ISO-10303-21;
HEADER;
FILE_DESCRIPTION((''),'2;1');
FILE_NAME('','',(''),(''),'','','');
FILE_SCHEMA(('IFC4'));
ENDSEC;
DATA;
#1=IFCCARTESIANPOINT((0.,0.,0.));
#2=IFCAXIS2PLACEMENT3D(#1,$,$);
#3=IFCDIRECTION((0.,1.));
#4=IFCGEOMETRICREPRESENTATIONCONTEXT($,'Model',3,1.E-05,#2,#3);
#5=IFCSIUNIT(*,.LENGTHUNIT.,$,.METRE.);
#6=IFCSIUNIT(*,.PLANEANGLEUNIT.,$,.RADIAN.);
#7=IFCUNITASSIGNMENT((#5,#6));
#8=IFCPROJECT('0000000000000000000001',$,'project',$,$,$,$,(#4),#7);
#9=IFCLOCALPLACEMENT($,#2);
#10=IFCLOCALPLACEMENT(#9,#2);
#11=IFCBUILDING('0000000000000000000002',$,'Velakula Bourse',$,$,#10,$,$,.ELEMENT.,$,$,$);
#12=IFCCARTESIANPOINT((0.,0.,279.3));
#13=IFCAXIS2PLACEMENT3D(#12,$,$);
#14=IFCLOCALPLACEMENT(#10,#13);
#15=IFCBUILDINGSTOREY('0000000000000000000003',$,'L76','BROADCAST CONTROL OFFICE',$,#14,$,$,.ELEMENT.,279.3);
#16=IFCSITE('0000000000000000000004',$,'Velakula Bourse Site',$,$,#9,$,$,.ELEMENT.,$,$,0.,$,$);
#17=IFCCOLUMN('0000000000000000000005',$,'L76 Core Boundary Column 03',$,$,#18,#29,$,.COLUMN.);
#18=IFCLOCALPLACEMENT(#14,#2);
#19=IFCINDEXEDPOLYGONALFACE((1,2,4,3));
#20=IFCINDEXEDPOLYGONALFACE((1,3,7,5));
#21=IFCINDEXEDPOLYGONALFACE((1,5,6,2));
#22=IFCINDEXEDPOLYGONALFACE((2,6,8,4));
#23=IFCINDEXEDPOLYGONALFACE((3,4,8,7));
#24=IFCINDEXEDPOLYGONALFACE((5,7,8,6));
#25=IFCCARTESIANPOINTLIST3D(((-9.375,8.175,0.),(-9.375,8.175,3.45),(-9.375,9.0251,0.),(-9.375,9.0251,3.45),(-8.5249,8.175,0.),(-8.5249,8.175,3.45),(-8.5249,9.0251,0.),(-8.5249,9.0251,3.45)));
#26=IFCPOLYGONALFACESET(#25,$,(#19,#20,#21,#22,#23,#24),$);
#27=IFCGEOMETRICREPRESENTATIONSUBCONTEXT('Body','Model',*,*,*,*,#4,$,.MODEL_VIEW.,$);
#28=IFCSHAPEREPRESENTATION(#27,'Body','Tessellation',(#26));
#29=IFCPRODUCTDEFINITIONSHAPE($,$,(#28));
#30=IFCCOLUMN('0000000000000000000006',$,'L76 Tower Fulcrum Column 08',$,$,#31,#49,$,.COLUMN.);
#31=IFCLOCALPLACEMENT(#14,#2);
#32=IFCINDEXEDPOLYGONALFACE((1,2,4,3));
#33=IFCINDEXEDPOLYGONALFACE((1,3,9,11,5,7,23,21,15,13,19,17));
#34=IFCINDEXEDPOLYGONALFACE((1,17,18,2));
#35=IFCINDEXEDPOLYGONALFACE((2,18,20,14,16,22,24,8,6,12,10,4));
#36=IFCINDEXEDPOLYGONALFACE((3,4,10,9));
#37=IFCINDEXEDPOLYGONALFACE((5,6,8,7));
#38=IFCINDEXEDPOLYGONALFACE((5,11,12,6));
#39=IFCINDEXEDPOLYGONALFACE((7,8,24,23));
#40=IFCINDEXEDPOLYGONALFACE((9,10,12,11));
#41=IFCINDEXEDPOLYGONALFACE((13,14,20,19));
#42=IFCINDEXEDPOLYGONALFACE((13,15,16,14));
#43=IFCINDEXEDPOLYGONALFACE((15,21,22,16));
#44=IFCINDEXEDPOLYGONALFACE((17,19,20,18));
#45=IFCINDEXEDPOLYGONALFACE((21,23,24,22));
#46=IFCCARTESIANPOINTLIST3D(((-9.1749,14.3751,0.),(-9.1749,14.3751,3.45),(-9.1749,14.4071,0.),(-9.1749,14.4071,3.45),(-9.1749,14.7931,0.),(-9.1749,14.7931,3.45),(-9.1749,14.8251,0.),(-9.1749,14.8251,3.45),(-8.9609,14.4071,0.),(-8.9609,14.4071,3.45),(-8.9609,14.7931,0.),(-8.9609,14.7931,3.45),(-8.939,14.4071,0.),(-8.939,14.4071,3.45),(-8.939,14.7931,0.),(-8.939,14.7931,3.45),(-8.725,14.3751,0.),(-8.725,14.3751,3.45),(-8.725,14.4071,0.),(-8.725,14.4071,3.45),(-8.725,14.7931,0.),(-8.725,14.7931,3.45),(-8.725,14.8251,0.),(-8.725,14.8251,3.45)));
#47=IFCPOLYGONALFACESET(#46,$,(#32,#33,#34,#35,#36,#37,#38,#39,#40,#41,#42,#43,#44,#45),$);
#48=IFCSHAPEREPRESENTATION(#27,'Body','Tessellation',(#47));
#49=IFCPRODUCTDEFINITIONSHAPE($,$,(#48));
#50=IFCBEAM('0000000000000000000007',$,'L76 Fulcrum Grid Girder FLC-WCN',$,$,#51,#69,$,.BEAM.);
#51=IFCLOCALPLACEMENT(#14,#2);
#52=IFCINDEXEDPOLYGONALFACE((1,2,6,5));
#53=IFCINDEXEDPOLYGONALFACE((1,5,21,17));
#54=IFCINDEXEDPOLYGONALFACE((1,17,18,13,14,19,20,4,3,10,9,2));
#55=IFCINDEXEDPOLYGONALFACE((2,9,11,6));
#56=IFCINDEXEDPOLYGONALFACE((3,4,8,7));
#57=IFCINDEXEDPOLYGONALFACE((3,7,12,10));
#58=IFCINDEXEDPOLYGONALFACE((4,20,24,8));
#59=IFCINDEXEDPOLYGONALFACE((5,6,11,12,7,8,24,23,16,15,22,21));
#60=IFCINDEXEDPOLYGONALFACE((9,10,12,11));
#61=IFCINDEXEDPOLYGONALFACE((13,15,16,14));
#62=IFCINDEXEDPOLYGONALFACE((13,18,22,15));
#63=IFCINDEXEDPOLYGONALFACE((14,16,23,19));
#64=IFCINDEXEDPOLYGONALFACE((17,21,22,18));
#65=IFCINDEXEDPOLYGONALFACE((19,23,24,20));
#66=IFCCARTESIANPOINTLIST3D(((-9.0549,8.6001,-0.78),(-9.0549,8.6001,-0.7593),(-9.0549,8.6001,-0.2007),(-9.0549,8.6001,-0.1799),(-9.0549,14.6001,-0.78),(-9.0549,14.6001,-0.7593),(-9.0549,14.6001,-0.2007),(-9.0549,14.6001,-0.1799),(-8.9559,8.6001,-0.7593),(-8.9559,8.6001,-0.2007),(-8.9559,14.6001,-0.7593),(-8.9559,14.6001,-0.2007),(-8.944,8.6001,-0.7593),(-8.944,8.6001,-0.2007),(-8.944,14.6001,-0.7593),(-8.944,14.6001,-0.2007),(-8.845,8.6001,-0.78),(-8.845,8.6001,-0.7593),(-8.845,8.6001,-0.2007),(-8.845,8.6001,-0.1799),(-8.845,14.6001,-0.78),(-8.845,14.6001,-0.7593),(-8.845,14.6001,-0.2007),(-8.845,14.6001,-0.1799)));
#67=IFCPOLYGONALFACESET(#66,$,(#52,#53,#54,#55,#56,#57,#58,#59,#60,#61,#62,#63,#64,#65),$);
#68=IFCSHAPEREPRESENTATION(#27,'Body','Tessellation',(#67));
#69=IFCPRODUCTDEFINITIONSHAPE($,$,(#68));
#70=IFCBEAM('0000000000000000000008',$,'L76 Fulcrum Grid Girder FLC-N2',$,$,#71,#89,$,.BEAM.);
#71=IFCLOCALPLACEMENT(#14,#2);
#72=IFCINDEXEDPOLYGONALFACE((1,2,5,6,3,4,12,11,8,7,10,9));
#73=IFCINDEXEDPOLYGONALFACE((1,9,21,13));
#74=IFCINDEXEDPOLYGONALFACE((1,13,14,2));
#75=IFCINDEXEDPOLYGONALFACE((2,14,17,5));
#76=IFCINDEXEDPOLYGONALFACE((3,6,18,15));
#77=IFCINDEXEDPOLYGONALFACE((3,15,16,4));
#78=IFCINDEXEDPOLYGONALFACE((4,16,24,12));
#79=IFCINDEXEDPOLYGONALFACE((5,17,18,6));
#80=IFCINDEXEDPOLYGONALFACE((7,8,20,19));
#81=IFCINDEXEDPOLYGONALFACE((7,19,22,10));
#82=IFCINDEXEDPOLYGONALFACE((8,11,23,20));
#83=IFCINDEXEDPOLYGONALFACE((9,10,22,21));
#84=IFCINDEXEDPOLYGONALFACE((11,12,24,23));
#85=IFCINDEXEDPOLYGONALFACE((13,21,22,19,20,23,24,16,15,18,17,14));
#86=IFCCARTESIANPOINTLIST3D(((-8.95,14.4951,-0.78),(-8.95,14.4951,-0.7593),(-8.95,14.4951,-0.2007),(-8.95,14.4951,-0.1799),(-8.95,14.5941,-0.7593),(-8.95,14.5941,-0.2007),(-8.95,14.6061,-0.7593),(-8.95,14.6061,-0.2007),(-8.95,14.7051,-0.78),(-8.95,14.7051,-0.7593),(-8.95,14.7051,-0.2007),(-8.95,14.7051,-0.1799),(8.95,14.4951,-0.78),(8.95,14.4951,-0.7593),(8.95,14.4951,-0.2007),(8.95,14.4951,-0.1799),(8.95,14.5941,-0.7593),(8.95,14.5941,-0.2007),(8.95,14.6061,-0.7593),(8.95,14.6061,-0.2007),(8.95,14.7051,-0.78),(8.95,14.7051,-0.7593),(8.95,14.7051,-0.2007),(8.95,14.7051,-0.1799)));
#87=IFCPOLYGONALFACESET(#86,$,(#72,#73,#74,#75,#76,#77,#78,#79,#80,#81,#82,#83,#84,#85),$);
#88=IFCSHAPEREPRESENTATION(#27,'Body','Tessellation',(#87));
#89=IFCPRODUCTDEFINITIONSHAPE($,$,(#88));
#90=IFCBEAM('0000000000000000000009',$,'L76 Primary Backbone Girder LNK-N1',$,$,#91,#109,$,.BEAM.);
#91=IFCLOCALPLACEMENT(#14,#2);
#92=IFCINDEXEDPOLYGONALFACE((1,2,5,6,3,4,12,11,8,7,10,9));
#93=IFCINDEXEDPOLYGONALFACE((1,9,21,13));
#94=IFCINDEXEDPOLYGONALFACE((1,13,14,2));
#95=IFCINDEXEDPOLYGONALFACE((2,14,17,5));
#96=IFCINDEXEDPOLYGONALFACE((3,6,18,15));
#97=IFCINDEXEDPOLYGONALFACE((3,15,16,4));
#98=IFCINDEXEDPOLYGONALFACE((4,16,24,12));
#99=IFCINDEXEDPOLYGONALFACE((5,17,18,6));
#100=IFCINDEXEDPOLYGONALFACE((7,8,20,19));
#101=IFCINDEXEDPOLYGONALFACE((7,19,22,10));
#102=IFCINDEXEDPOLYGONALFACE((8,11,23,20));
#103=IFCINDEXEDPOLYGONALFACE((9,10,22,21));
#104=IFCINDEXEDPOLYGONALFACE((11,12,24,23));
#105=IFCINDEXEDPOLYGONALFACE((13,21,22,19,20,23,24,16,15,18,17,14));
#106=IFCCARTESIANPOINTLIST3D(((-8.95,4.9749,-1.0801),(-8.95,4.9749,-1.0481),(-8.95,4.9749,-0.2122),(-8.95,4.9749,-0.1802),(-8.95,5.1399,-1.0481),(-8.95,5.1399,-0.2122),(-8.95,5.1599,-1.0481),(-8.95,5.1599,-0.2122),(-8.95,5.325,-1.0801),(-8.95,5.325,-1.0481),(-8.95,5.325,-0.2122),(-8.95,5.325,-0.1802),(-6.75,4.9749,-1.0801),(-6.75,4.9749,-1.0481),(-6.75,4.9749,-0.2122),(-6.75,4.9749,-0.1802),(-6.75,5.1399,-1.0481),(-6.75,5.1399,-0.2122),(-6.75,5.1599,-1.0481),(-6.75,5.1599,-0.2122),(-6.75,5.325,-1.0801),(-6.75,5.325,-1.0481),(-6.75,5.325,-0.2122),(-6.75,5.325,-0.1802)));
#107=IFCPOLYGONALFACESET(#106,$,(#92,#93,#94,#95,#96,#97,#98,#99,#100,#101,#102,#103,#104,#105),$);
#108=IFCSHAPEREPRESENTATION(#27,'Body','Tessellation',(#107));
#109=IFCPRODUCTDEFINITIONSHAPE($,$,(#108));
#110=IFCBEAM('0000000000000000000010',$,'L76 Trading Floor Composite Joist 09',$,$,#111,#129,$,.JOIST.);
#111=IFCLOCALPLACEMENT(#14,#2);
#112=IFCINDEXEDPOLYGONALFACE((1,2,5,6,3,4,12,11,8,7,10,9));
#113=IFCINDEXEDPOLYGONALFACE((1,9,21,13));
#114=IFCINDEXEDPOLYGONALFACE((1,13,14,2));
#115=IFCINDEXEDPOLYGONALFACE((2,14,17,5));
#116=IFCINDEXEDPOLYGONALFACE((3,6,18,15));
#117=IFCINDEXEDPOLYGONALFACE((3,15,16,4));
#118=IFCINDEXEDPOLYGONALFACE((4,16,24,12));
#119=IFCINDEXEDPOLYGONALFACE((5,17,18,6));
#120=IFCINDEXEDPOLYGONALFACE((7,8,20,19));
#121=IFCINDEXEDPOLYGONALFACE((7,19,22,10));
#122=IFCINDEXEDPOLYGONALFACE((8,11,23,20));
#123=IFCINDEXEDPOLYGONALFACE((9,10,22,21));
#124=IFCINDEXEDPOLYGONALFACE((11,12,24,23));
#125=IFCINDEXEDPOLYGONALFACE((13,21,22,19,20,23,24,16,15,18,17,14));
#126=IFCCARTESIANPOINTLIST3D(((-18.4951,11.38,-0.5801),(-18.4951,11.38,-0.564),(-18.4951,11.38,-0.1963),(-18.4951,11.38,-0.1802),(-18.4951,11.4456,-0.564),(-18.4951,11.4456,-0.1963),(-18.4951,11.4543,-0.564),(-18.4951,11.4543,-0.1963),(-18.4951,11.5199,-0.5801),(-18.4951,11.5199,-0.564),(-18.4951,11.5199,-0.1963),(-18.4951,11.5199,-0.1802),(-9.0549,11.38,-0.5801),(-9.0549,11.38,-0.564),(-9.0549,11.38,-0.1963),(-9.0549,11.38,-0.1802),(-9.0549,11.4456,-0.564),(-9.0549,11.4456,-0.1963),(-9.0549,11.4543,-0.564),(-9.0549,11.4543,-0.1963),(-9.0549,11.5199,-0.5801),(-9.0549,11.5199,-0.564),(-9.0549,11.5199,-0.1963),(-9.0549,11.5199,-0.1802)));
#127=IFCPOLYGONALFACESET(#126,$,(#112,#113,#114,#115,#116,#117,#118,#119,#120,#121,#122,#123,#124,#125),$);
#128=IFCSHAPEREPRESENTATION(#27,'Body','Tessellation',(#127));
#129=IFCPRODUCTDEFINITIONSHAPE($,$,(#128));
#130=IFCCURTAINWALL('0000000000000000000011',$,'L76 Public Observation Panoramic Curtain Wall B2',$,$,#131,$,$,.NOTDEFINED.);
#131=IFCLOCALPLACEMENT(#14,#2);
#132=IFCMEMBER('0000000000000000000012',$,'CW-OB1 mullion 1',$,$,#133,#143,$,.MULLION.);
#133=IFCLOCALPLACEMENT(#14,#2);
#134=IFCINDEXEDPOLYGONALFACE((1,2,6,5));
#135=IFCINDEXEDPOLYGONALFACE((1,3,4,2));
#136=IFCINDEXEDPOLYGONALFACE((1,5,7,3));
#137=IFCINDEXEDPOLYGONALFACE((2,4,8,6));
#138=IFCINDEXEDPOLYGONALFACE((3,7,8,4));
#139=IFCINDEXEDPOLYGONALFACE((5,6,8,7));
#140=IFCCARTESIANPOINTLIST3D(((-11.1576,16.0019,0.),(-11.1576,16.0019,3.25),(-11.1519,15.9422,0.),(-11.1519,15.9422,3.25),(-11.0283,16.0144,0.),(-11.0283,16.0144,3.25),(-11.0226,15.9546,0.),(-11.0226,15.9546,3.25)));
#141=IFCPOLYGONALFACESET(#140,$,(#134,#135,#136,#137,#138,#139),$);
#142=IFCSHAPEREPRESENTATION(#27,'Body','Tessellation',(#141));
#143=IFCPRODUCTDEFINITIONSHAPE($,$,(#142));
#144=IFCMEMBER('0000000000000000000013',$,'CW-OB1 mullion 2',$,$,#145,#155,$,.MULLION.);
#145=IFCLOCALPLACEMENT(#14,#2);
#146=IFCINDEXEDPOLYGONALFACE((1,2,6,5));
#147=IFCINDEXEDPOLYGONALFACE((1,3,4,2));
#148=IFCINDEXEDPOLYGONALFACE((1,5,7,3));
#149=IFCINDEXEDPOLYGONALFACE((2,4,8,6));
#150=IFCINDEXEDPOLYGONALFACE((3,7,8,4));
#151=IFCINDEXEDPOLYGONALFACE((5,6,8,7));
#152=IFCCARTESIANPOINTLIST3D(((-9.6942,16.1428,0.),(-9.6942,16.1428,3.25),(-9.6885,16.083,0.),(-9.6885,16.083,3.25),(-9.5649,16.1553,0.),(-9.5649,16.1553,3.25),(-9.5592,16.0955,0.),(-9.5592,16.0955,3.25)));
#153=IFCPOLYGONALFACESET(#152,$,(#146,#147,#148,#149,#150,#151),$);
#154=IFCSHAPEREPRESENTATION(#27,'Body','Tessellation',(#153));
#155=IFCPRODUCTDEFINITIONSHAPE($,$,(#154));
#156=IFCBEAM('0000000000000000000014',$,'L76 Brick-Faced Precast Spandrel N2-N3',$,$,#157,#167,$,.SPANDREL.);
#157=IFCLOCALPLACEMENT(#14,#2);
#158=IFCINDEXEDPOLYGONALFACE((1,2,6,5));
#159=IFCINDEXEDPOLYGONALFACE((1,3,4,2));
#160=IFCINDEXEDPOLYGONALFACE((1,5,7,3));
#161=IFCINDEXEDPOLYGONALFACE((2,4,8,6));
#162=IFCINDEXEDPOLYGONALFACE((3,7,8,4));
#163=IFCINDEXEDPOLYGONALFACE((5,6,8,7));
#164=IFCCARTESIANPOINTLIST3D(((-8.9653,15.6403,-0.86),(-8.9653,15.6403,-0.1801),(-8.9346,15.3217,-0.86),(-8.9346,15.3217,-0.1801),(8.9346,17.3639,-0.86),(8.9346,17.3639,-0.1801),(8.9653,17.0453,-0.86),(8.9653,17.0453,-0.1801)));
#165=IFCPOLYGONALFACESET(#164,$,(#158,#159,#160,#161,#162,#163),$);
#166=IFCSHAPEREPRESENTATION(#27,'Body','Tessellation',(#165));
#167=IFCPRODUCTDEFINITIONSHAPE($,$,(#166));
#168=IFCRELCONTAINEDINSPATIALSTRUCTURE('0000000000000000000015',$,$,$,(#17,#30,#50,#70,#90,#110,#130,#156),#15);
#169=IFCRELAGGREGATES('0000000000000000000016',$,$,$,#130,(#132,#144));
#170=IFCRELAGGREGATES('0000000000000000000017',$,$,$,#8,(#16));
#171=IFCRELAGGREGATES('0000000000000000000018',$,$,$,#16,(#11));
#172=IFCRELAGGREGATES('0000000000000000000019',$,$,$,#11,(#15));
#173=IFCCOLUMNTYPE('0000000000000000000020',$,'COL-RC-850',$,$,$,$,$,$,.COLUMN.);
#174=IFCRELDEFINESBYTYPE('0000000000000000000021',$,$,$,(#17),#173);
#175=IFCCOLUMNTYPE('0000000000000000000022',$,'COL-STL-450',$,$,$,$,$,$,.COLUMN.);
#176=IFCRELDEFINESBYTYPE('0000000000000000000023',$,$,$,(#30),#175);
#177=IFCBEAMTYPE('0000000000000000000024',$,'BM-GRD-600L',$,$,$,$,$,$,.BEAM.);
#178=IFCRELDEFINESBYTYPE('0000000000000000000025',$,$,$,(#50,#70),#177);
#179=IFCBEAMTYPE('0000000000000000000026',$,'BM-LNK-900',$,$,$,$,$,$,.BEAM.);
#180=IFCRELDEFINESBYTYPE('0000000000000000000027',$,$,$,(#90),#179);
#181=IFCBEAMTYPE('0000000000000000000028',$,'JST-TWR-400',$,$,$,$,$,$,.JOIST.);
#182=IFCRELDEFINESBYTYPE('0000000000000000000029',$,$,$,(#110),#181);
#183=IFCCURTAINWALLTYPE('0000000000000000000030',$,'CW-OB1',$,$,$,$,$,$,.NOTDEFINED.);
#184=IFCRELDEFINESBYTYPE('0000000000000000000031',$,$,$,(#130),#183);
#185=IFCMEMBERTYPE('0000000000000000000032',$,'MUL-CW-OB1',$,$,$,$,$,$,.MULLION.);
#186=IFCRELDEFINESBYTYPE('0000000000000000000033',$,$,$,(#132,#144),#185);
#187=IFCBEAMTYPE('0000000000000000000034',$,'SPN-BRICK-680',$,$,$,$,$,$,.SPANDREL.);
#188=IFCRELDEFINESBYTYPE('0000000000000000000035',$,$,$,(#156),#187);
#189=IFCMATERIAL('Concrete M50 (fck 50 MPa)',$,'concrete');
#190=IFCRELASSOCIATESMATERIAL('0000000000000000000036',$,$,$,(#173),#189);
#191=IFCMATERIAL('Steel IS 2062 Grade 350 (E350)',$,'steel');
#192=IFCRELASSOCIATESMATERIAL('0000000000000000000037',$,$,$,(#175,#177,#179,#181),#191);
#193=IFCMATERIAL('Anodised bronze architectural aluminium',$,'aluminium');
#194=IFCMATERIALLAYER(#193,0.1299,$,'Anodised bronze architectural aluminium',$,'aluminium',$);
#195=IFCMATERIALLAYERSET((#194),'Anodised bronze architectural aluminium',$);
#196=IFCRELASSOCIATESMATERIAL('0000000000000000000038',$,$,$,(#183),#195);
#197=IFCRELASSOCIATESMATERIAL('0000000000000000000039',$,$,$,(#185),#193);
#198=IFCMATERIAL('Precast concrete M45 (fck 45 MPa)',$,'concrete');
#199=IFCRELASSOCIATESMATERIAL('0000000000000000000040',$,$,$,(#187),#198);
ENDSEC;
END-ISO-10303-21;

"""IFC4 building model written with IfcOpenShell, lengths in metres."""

from ifc_helpers import new_model, si_unit, direction, frame, origin, origin_2d, place, context, subcontext, project, spatial, rectangle, i_section, extrude, material, layer, layer_set, material_profile, profile_set, type_object, element, aggregate, save


model = new_model("IFC4")

# Units and contexts
model_context = context("Model", 3, precision=1e-05, world=origin(), true_north=direction((0.0, 1.0)))
body_context = subcontext(model_context, "Body", "Model", "MODEL_VIEW")
ifc_project = project(units=[si_unit("LENGTHUNIT", "METRE"), si_unit("PLANEANGLEUNIT", "RADIAN")], contexts=[model_context])

# Site, building, storey
site_placement = place(None, origin())
site = spatial("IfcSite", under=ifc_project, at=site_placement, Name="Velakula Bourse Site", CompositionType="ELEMENT", RefElevation=0.0)
building_placement = place(site_placement, origin())
building = spatial("IfcBuilding", under=site, at=building_placement, Name="Velakula Bourse", CompositionType="ELEMENT")
storey_placement = place(building_placement, frame((0.0, 0.0, 279.3)))
storey = spatial("IfcBuildingStorey", under=building, at=storey_placement, Name="L76", Description="BROADCAST CONTROL OFFICE", CompositionType="ELEMENT", Elevation=279.3)

# Columns
ifc_material_1 = material(Name="Concrete M50 (fck 50 MPa)", Category="concrete")
ifc_material_profile_1 = material_profile(ifc_material_1, rectangle(XDim=0.8501, YDim=0.8501, at=origin_2d()), Name="Concrete M50 (fck 50 MPa)")
ifc_profile_set_1 = profile_set([ifc_material_profile_1], Name="Concrete M50 (fck 50 MPa)")
column_type_1 = type_object("IfcColumnType", Name="COL-RC-850", PredefinedType="COLUMN", material=ifc_profile_set_1)
column_1_placement = place(storey_placement, frame((-8.95, 8.6001, 0.0), z_axis=(0.0, 0.0, 1.0), x_axis=(1.0, 0.0, 0.0)))
element("IfcColumn", 1, at=column_1_placement, inside=storey, type_object=column_type_1, Name="L76 Core Boundary Column 03", PredefinedType="COLUMN", context=body_context, shape_type="SweptSolid", body=[
    extrude(rectangle(XDim=0.8501, YDim=0.8501, at=origin_2d()), origin(), (0.0, 0.0, 1.0), 3.45),
])
ifc_material_2 = material(Name="Steel IS 2062 Grade 350 (E350)", Category="steel")
ifc_material_profile_2 = material_profile(ifc_material_2, i_section(OverallWidth=0.45, OverallDepth=0.45, WebThickness=0.022, FlangeThickness=0.032, at=origin_2d()), Name="Steel IS 2062 Grade 350 (E350)")
ifc_profile_set_2 = profile_set([ifc_material_profile_2], Name="Steel IS 2062 Grade 350 (E350)")
column_type_2 = type_object("IfcColumnType", Name="COL-STL-450", PredefinedType="COLUMN", material=ifc_profile_set_2)
column_2_placement = place(storey_placement, frame((-8.95, 14.6001, 0.0), z_axis=(0.0, 0.0, 1.0), x_axis=(1.0, 0.0, 0.0)))
element("IfcColumn", 2, at=column_2_placement, inside=storey, type_object=column_type_2, Name="L76 Tower Fulcrum Column 08", PredefinedType="COLUMN", context=body_context, shape_type="SweptSolid", body=[
    extrude(i_section(OverallWidth=0.45, OverallDepth=0.45, WebThickness=0.022, FlangeThickness=0.032, at=origin_2d()), origin(), (0.0, 0.0, 1.0), 3.45),
])

# Beams
ifc_material_profile_3 = material_profile(ifc_material_2, i_section(OverallWidth=0.21, OverallDepth=0.6001, WebThickness=0.012, FlangeThickness=0.0208, at=origin_2d()), Name="Steel IS 2062 Grade 350 (E350)")
ifc_profile_set_3 = profile_set([ifc_material_profile_3], Name="Steel IS 2062 Grade 350 (E350)")
beam_type_1 = type_object("IfcBeamType", Name="BM-GRD-600L", PredefinedType="BEAM", material=ifc_profile_set_3)
beam_1_placement = place(storey_placement, frame((-8.95, 8.6001, -0.48), z_axis=(0.0, 1.0, 0.0), x_axis=(-1.0, 0.0, 0.0)))
element("IfcBeam", 3, at=beam_1_placement, inside=storey, type_object=beam_type_1, Name="L76 Fulcrum Grid Girder FLC-WCN", PredefinedType="BEAM", context=body_context, shape_type="SweptSolid", body=[
    extrude(i_section(OverallWidth=0.21, OverallDepth=0.6001, WebThickness=0.012, FlangeThickness=0.0208, at=origin_2d()), origin(), (0.0, 0.0, 1.0), 6.0),
])
beam_2_placement = place(storey_placement, frame((-8.95, 14.6001, -0.48), z_axis=(1.0, 0.0, 0.0), x_axis=(0.0, 1.0, 0.0)))
element("IfcBeam", 4, at=beam_2_placement, inside=storey, type_object=beam_type_1, Name="L76 Fulcrum Grid Girder FLC-N2", PredefinedType="BEAM", context=body_context, shape_type="SweptSolid", body=[
    extrude(i_section(OverallWidth=0.21, OverallDepth=0.6001, WebThickness=0.012, FlangeThickness=0.0208, at=origin_2d()), origin(), (0.0, 0.0, 1.0), 17.8999),
])
ifc_material_profile_4 = material_profile(ifc_material_2, i_section(OverallWidth=0.3501, OverallDepth=0.8999, WebThickness=0.02, FlangeThickness=0.032, at=origin_2d()), Name="Steel IS 2062 Grade 350 (E350)")
ifc_profile_set_4 = profile_set([ifc_material_profile_4], Name="Steel IS 2062 Grade 350 (E350)")
beam_type_2 = type_object("IfcBeamType", Name="BM-LNK-900", PredefinedType="BEAM", material=ifc_profile_set_4)
beam_3_placement = place(storey_placement, frame((-8.95, 5.1499, -0.6301), z_axis=(1.0, 0.0, 0.0), x_axis=(0.0, 1.0, 0.0)))
element("IfcBeam", 5, at=beam_3_placement, inside=storey, type_object=beam_type_2, Name="L76 Primary Backbone Girder LNK-N1", PredefinedType="BEAM", context=body_context, shape_type="SweptSolid", body=[
    extrude(i_section(OverallWidth=0.3501, OverallDepth=0.8999, WebThickness=0.02, FlangeThickness=0.032, at=origin_2d()), origin(), (0.0, 0.0, 1.0), 2.2),
])
ifc_material_profile_5 = material_profile(ifc_material_2, i_section(OverallWidth=0.1399, OverallDepth=0.3999, WebThickness=0.0088, FlangeThickness=0.0161, at=origin_2d()), Name="Steel IS 2062 Grade 350 (E350)")
ifc_profile_set_5 = profile_set([ifc_material_profile_5], Name="Steel IS 2062 Grade 350 (E350)")
beam_type_3 = type_object("IfcBeamType", Name="JST-TWR-400", PredefinedType="JOIST", material=ifc_profile_set_5)
beam_4_placement = place(storey_placement, frame((-18.4951, 11.45, -0.3801), z_axis=(1.0, 0.0, 0.0), x_axis=(0.0, 1.0, 0.0)))
element("IfcBeam", 6, at=beam_4_placement, inside=storey, type_object=beam_type_3, Name="L76 Trading Floor Composite Joist 09", PredefinedType="JOIST", context=body_context, shape_type="SweptSolid", body=[
    extrude(i_section(OverallWidth=0.1399, OverallDepth=0.3999, WebThickness=0.0088, FlangeThickness=0.0161, at=origin_2d()), origin(), (0.0, 0.0, 1.0), 9.4402),
])

# Curtain wall, members
ifc_material_3 = material(Name="Anodised bronze architectural aluminium", Category="aluminium")
ifc_layer_1 = layer(ifc_material_3, 0.1299, Name="Anodised bronze architectural aluminium", Category="aluminium")
ifc_layer_set_1 = layer_set([ifc_layer_1], Name="Anodised bronze architectural aluminium")
curtain_wall_type = type_object("IfcCurtainWallType", Name="CW-OB1", PredefinedType="NOTDEFINED", material=ifc_layer_set_1)
curtain_wall_placement = place(storey_placement, origin())
curtain_wall = element("IfcCurtainWall", 7, at=curtain_wall_placement, inside=storey, type_object=curtain_wall_type, Name="L76 Public Observation Panoramic Curtain Wall B2", PredefinedType="NOTDEFINED")
ifc_material_profile_6 = material_profile(ifc_material_3, rectangle(XDim=0.0601, YDim=0.1299, at=origin_2d()), Name="Anodised bronze architectural aluminium")
ifc_profile_set_6 = profile_set([ifc_material_profile_6], Name="Anodised bronze architectural aluminium")
member_type_1 = type_object("IfcMemberType", Name="MUL-CW-OB1", PredefinedType="MULLION", material=ifc_profile_set_6)
member_1_placement = place(storey_placement, frame((-11.0901, 15.9783, 0.0), z_axis=(0.0, 0.0, 1.0), x_axis=(-0.095845, 0.995396, 0.0)))
member_1 = element("IfcMember", 8, at=member_1_placement, type_object=member_type_1, Name="CW-OB1 mullion 1", PredefinedType="MULLION", context=body_context, shape_type="SweptSolid", body=[
    extrude(rectangle(XDim=0.0601, YDim=0.1299, at=origin_2d()), origin(), (0.0, 0.0, 1.0), 3.25),
])
member_2_placement = place(storey_placement, frame((-9.6267, 16.1191, 0.0), z_axis=(0.0, 0.0, 1.0), x_axis=(-0.095845, 0.995396, 0.0)))
member_2 = element("IfcMember", 9, at=member_2_placement, type_object=member_type_1, Name="CW-OB1 mullion 2", PredefinedType="MULLION", context=body_context, shape_type="SweptSolid", body=[
    extrude(rectangle(XDim=0.0601, YDim=0.1299, at=origin_2d()), origin(), (0.0, 0.0, 1.0), 3.25),
])

# Beam
ifc_material_4 = material(Name="Precast concrete M45 (fck 45 MPa)", Category="concrete")
ifc_material_profile_7 = material_profile(ifc_material_4, rectangle(XDim=0.3201, YDim=0.6799, at=origin_2d()), Name="Precast concrete M45 (fck 45 MPa)")
ifc_profile_set_7 = profile_set([ifc_material_profile_7], Name="Precast concrete M45 (fck 45 MPa)")
beam_type_4 = type_object("IfcBeamType", Name="SPN-BRICK-680", PredefinedType="SPANDREL", material=ifc_profile_set_7)
beam_5_placement = place(storey_placement, frame((-8.95, 15.481, -0.52), z_axis=(0.995396, 0.09585, 0.0), x_axis=(-0.09585, 0.995396, 0.0)))
element("IfcBeam", 10, at=beam_5_placement, inside=storey, type_object=beam_type_4, Name="L76 Brick-Faced Precast Spandrel N2-N3", PredefinedType="SPANDREL", context=body_context, shape_type="SweptSolid", body=[
    extrude(rectangle(XDim=0.3201, YDim=0.6799, at=origin_2d()), origin(), (0.0, 0.0, 1.0), 17.9827),
])

aggregate(curtain_wall, [member_1, member_2])

save(model, "model.ifc")
